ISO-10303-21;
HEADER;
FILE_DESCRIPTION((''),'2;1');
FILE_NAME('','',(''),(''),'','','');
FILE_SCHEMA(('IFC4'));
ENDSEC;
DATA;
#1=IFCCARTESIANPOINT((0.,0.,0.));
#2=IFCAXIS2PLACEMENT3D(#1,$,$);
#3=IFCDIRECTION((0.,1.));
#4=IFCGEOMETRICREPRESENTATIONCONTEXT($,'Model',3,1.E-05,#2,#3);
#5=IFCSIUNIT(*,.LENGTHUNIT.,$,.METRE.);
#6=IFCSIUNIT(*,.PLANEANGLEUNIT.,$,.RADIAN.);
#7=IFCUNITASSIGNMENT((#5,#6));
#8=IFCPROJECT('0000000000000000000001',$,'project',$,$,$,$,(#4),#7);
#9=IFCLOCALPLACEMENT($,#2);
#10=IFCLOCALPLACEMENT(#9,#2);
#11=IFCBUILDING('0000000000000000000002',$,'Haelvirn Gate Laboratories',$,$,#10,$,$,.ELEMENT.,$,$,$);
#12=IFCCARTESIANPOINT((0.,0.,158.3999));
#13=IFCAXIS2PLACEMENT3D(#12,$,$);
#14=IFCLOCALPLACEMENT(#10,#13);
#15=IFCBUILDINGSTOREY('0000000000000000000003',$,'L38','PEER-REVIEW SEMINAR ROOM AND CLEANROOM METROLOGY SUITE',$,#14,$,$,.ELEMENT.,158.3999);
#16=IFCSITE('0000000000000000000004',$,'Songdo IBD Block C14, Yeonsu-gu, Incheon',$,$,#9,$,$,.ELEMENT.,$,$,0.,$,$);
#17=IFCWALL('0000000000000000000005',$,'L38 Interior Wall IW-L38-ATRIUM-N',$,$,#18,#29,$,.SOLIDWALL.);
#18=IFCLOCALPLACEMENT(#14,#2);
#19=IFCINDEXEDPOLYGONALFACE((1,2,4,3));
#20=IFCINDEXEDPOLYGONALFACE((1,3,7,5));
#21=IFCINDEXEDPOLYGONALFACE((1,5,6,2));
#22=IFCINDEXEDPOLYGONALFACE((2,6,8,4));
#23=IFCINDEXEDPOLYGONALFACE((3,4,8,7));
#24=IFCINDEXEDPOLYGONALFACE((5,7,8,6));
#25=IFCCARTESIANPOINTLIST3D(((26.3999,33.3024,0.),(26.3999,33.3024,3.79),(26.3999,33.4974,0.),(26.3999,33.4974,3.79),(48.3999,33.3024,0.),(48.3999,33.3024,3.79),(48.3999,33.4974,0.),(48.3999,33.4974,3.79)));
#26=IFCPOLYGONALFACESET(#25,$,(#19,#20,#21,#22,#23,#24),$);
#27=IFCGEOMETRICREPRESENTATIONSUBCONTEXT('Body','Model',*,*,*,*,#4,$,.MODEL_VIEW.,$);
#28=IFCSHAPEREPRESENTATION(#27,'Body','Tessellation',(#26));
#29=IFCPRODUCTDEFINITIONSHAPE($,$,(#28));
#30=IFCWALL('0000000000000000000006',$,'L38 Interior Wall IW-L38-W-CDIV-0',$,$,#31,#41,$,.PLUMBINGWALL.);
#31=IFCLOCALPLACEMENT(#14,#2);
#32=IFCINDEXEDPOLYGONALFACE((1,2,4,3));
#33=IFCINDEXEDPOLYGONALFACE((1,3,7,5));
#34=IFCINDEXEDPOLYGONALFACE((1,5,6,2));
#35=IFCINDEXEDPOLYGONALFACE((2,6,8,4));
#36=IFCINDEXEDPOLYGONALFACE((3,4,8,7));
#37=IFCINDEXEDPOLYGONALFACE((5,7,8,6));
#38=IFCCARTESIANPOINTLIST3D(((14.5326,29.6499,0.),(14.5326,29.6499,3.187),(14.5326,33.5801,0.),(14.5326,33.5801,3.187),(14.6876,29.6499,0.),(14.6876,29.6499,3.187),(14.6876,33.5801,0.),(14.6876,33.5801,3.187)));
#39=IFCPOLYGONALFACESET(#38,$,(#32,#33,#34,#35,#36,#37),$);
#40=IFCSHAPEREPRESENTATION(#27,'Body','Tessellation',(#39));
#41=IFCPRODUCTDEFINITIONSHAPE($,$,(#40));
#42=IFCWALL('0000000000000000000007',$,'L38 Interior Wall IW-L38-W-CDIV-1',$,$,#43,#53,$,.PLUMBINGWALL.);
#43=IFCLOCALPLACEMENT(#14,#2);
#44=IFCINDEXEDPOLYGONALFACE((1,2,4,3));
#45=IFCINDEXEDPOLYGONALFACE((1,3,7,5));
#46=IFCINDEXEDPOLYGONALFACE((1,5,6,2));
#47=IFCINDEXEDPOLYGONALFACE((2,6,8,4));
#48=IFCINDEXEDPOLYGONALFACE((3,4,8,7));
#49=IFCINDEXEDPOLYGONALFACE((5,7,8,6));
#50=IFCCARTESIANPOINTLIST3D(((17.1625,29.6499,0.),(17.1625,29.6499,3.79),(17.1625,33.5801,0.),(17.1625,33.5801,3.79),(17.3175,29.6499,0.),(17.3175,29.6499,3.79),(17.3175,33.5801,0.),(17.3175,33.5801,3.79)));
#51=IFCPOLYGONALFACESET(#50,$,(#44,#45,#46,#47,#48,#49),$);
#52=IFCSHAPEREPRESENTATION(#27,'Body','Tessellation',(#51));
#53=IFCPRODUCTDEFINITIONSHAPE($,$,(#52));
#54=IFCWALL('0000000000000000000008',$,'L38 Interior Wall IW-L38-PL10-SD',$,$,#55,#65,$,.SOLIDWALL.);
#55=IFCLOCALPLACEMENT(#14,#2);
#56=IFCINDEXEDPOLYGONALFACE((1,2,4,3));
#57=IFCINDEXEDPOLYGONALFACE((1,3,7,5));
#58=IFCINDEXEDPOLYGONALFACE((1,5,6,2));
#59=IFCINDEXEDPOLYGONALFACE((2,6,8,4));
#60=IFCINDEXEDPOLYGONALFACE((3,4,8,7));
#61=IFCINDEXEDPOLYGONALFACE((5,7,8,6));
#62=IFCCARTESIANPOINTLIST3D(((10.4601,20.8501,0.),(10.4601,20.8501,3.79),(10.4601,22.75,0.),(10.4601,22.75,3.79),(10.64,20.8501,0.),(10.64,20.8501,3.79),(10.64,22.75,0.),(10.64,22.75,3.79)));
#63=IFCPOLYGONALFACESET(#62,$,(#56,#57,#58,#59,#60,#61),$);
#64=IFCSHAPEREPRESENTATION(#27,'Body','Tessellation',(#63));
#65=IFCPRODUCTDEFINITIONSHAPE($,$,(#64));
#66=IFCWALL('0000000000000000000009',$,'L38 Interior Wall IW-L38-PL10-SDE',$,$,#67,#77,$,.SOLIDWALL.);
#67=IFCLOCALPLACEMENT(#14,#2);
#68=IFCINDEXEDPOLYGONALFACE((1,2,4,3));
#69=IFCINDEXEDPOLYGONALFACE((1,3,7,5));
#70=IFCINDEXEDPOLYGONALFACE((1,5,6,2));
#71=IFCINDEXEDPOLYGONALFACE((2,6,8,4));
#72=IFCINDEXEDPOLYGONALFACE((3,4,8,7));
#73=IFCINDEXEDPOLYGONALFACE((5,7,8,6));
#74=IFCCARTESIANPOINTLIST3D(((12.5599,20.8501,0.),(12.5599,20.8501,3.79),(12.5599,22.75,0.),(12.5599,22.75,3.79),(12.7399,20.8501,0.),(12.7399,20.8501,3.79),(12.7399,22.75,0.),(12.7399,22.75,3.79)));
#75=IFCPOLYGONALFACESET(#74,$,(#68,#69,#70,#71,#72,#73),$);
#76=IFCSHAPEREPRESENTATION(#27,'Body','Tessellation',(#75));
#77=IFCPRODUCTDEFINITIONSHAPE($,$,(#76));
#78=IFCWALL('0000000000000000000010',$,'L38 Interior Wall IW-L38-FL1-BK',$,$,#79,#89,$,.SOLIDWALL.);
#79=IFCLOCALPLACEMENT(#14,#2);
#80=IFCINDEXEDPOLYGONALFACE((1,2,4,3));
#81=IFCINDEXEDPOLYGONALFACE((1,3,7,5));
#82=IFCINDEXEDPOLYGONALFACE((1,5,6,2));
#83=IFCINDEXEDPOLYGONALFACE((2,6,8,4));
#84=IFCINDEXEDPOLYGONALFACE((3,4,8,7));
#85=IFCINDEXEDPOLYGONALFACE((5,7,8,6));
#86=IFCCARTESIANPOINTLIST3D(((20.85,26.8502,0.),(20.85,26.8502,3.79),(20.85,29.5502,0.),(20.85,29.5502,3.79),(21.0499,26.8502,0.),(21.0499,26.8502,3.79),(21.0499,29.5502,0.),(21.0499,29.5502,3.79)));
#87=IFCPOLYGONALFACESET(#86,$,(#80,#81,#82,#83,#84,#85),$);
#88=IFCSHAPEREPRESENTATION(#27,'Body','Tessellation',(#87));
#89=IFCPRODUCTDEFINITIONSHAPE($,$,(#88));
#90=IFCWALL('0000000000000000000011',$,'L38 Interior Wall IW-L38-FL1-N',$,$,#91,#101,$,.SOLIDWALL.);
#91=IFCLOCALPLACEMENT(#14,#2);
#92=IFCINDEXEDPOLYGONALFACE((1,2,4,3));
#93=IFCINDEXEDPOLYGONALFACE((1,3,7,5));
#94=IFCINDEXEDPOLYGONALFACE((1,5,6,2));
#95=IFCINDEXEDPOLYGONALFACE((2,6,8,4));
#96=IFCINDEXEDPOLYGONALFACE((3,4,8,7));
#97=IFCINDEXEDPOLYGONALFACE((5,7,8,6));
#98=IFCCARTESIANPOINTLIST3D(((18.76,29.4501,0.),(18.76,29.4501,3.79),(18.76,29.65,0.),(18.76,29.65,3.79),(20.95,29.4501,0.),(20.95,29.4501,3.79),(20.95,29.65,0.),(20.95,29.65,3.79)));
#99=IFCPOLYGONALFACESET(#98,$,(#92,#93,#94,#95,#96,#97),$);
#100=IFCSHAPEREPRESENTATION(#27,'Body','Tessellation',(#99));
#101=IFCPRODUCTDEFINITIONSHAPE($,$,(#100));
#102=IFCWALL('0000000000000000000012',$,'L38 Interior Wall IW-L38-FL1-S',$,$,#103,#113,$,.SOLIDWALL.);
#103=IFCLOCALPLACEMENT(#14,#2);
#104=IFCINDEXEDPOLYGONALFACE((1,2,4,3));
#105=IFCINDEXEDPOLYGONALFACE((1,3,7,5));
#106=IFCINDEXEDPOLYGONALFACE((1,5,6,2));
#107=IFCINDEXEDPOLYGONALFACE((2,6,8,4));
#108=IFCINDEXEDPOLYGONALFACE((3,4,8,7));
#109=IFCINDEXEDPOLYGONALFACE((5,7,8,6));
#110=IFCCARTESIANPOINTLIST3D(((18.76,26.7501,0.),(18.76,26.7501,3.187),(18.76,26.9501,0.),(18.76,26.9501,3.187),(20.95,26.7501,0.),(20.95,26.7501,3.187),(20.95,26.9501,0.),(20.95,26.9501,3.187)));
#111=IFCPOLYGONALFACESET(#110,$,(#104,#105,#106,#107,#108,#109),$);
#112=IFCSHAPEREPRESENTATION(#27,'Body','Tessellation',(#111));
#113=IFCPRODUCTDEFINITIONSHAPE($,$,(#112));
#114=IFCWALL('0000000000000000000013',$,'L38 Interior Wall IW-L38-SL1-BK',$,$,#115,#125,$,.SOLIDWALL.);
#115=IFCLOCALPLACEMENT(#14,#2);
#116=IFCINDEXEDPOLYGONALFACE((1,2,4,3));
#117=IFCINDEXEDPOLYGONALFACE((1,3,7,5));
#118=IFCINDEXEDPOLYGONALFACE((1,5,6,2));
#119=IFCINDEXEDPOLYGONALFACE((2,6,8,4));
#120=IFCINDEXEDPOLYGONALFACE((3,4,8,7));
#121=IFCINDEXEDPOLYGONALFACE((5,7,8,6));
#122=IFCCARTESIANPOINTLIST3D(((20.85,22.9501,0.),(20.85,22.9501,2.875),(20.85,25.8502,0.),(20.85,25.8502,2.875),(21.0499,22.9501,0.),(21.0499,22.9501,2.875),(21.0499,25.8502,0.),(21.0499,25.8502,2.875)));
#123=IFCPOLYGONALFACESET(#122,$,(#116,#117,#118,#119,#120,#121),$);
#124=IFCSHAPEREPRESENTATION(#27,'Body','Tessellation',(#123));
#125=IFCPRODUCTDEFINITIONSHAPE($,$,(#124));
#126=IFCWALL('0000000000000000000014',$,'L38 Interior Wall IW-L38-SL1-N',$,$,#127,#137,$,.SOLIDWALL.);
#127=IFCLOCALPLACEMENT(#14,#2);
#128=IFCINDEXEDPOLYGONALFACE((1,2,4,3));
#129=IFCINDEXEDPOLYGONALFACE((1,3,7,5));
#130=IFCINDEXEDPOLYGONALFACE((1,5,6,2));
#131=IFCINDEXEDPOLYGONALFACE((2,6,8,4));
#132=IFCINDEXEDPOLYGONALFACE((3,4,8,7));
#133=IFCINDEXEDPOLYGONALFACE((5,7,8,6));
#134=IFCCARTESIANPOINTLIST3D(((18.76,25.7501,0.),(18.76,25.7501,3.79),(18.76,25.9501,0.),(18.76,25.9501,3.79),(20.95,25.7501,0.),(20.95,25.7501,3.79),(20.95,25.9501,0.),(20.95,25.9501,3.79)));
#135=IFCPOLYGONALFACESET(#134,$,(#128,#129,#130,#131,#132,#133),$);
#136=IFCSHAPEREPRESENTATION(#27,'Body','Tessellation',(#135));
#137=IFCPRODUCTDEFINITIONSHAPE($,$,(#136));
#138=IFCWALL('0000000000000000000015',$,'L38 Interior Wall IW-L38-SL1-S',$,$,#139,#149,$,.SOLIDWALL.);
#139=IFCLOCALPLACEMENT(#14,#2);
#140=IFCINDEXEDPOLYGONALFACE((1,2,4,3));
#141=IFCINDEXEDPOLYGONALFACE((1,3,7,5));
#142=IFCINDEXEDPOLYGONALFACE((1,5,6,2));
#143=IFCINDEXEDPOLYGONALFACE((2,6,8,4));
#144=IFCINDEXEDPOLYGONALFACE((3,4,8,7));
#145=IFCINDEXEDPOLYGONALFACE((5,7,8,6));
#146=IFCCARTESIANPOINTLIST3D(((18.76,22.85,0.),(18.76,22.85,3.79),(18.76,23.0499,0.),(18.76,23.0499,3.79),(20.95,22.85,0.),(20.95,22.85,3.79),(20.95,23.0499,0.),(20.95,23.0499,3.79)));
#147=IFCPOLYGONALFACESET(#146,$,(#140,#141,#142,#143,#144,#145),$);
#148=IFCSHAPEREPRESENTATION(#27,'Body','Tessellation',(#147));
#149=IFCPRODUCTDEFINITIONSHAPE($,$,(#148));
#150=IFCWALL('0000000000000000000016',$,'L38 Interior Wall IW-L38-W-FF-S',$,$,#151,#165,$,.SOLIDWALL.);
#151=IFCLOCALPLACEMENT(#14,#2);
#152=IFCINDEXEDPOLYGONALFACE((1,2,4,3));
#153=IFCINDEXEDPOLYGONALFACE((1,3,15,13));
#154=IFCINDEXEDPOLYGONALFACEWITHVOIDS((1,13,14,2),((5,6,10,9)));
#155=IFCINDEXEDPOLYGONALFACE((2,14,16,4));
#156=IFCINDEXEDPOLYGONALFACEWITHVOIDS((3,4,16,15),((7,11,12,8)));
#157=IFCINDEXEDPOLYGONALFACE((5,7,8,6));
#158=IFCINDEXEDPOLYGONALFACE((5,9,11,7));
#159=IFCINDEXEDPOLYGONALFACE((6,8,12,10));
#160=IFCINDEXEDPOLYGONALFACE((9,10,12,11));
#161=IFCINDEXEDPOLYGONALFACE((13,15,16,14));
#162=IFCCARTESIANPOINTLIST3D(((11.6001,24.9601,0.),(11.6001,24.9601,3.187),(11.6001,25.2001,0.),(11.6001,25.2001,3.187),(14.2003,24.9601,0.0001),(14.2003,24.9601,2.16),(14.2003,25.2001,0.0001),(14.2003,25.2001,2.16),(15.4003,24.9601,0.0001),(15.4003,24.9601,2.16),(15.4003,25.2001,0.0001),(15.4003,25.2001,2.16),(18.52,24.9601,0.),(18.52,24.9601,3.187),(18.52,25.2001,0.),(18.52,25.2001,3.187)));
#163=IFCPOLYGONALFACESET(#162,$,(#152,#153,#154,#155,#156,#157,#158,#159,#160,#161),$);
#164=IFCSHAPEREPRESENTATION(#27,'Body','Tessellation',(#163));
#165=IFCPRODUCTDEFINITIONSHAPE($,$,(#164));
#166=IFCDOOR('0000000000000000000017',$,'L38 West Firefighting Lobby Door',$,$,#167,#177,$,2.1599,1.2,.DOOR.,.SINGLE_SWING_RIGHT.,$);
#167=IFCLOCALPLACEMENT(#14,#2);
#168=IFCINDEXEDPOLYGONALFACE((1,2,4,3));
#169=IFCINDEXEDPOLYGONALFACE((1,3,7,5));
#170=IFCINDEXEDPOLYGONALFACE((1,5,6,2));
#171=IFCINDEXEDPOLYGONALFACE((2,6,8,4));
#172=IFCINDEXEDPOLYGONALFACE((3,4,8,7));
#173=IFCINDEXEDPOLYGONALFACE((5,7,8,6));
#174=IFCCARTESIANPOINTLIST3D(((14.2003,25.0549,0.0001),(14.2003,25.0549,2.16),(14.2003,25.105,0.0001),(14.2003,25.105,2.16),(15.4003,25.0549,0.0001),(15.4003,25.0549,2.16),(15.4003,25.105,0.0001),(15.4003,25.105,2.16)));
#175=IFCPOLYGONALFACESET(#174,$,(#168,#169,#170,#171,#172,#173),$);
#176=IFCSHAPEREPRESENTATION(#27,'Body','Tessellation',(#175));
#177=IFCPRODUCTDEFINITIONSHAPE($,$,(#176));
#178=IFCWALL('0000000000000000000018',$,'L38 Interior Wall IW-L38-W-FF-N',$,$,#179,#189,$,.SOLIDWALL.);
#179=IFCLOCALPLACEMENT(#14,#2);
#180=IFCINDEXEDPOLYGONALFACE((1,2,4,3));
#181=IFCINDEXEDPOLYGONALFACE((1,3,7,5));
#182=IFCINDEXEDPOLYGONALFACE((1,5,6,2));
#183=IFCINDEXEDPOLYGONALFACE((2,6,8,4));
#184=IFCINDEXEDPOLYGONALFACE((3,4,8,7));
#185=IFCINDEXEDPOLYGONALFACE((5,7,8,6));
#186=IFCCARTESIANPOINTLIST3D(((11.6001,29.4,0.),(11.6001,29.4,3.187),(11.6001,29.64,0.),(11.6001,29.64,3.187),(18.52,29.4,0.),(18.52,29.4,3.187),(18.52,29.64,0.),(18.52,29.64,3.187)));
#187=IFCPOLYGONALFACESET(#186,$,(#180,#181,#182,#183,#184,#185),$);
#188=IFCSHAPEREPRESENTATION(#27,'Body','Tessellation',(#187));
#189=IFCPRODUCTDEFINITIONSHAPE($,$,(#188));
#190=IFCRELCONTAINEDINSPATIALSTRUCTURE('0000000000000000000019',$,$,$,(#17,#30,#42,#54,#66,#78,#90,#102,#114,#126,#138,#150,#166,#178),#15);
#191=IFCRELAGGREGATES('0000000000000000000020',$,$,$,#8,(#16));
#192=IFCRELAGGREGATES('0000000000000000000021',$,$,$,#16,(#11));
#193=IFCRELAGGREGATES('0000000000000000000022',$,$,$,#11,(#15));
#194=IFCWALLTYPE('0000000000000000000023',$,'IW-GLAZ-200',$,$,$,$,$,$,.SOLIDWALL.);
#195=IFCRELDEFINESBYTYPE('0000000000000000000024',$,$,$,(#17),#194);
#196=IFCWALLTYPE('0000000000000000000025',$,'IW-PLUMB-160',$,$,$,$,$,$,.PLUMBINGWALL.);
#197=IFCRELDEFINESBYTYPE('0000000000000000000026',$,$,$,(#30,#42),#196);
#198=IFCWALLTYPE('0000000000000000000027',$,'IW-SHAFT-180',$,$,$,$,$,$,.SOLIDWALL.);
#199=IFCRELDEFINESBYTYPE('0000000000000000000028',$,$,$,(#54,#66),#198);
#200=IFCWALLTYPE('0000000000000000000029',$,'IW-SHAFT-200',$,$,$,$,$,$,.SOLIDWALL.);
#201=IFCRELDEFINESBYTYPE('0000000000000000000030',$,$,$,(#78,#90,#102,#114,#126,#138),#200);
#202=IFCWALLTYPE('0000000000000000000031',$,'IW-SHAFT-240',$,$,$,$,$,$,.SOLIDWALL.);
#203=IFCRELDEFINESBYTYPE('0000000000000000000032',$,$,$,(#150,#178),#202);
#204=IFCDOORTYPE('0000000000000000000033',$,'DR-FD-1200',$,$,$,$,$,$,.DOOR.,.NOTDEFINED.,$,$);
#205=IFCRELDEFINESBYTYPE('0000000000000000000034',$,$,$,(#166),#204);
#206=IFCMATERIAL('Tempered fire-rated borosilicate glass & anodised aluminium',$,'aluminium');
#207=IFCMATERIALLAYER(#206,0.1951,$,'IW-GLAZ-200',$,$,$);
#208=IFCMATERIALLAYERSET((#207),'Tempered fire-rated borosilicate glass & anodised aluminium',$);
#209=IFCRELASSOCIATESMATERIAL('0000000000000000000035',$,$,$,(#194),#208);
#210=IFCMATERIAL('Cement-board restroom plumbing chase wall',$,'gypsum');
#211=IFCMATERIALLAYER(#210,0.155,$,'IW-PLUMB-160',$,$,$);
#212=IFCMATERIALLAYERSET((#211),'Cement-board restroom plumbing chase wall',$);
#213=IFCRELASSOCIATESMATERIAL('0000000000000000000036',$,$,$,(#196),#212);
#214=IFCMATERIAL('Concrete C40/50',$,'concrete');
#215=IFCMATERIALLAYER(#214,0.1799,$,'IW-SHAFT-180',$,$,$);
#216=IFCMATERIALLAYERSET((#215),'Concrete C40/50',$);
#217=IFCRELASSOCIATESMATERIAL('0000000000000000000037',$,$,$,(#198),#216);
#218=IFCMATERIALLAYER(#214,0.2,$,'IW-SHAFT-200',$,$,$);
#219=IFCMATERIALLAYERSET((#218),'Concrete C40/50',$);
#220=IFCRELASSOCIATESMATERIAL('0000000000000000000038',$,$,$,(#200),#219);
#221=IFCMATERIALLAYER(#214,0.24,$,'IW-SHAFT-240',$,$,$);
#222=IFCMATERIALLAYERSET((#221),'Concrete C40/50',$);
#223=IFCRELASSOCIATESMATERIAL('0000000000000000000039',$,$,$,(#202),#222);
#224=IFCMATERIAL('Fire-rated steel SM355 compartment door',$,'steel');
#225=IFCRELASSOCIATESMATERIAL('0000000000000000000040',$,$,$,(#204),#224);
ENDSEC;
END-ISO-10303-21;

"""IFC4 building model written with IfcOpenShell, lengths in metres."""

from ifc_helpers import new_model, si_unit, direction, frame, frame_2d, origin, place, context, subcontext, project, spatial, rectangle, extrude, source, transform, mapped, material, layer, layer_set, type_object, type_shapes, element, fill, save


model = new_model("IFC4")

# Units and contexts
model_context = context("Model", 3, precision=1e-05, world=origin(), true_north=direction((0.0, 1.0)))
body_context = subcontext(model_context, "Body", "Model", "MODEL_VIEW")
ifc_project = project(units=[si_unit("LENGTHUNIT", "METRE"), si_unit("PLANEANGLEUNIT", "RADIAN")], contexts=[model_context])

# Site, building, storey
site_placement = place(None, origin())
site = spatial("IfcSite", under=ifc_project, at=site_placement, Name="Songdo IBD Block C14, Yeonsu-gu, Incheon", CompositionType="ELEMENT", RefElevation=0.0)
building_placement = place(site_placement, origin())
building = spatial("IfcBuilding", under=site, at=building_placement, Name="Haelvirn Gate Laboratories", CompositionType="ELEMENT")
storey_placement = place(building_placement, frame((0.0, 0.0, 158.3999)))
storey = spatial("IfcBuildingStorey", under=building, at=storey_placement, Name="L38", Description="PEER-REVIEW SEMINAR ROOM AND CLEANROOM METROLOGY SUITE", CompositionType="ELEMENT", Elevation=158.3999)

# Walls
ifc_material_1 = material(Name="Tempered fire-rated borosilicate glass & anodised aluminium", Category="aluminium")
ifc_layer_1 = layer(ifc_material_1, 0.1951, Name="IW-GLAZ-200")
ifc_layer_set_1 = layer_set([ifc_layer_1], Name="Tempered fire-rated borosilicate glass & anodised aluminium")
wall_type_1 = type_object("IfcWallType", Name="IW-GLAZ-200", PredefinedType="SOLIDWALL", material=ifc_layer_set_1)
wall_1_placement = place(storey_placement, frame((26.3999, 33.3999, 0.0), z_axis=(0.0, 0.0, 1.0), x_axis=(1.0, 0.0, 0.0)))
element("IfcWall", 1, at=wall_1_placement, inside=storey, type_object=wall_type_1, Name="L38 Interior Wall IW-L38-ATRIUM-N", PredefinedType="SOLIDWALL", context=body_context, shape_type="SweptSolid", body=[
    extrude(rectangle(XDim=22.0, YDim=0.1951, at=frame_2d((11.0, 0.0))), origin(), (0.0, 0.0, 1.0), 3.79),
])
ifc_material_2 = material(Name="Cement-board restroom plumbing chase wall", Category="gypsum")
ifc_layer_2 = layer(ifc_material_2, 0.155, Name="IW-PLUMB-160")
ifc_layer_set_2 = layer_set([ifc_layer_2], Name="Cement-board restroom plumbing chase wall")
wall_type_2 = type_object("IfcWallType", Name="IW-PLUMB-160", PredefinedType="PLUMBINGWALL", material=ifc_layer_set_2)
wall_2_placement = place(storey_placement, frame((14.6101, 29.6499, 0.0), z_axis=(0.0, 0.0, 1.0), x_axis=(0.0, 1.0, 0.0)))
element("IfcWall", 2, at=wall_2_placement, inside=storey, type_object=wall_type_2, Name="L38 Interior Wall IW-L38-W-CDIV-0", PredefinedType="PLUMBINGWALL", context=body_context, shape_type="SweptSolid", body=[
    extrude(rectangle(XDim=3.9302, YDim=0.155, at=frame_2d((1.9651, 0.0))), origin(), (0.0, 0.0, 1.0), 3.187),
])
wall_3_placement = place(storey_placement, frame((17.24, 29.6499, 0.0), z_axis=(0.0, 0.0, 1.0), x_axis=(0.0, 1.0, 0.0)))
element("IfcWall", 3, at=wall_3_placement, inside=storey, type_object=wall_type_2, Name="L38 Interior Wall IW-L38-W-CDIV-1", PredefinedType="PLUMBINGWALL", context=body_context, shape_type="SweptSolid", body=[
    extrude(rectangle(XDim=3.9302, YDim=0.155, at=frame_2d((1.9651, 0.0))), origin(), (0.0, 0.0, 1.0), 3.79),
])
ifc_material_3 = material(Name="Concrete C40/50", Category="concrete")
ifc_layer_3 = layer(ifc_material_3, 0.1799, Name="IW-SHAFT-180")
ifc_layer_set_3 = layer_set([ifc_layer_3], Name="Concrete C40/50")
wall_type_3 = type_object("IfcWallType", Name="IW-SHAFT-180", PredefinedType="SOLIDWALL", material=ifc_layer_set_3)
for number, where, z_axis, x_axis, name in (
    (4, (10.55, 20.8501, 0.0), (0.0, 0.0, 1.0), (0.0, 1.0, 0.0), "L38 Interior Wall IW-L38-PL10-SD"),
    (5, (12.6499, 20.8501, 0.0), (0.0, 0.0, 1.0), (0.0, 1.0, 0.0), "L38 Interior Wall IW-L38-PL10-SDE"),
):
    element("IfcWall", number, at=place(storey_placement, frame(where, z_axis=z_axis, x_axis=x_axis)), inside=storey, type_object=wall_type_3, Name=name, PredefinedType="SOLIDWALL", context=body_context, shape_type="SweptSolid", body=[
        extrude(rectangle(XDim=1.8999, YDim=0.1799, at=frame_2d((0.95, 0.0))), origin(), (0.0, 0.0, 1.0), 3.79),
    ])
ifc_layer_4 = layer(ifc_material_3, 0.2, Name="IW-SHAFT-200")
ifc_layer_set_4 = layer_set([ifc_layer_4], Name="Concrete C40/50")
wall_type_4 = type_object("IfcWallType", Name="IW-SHAFT-200", PredefinedType="SOLIDWALL", material=ifc_layer_set_4)
wall_4_placement = place(storey_placement, frame((20.95, 26.8501, 0.0), z_axis=(0.0, 0.0, 1.0), x_axis=(0.0, 1.0, 0.0)))
element("IfcWall", 6, at=wall_4_placement, inside=storey, type_object=wall_type_4, Name="L38 Interior Wall IW-L38-FL1-BK", PredefinedType="SOLIDWALL", context=body_context, shape_type="SweptSolid", body=[
    extrude(rectangle(XDim=2.7, YDim=0.2, at=frame_2d((1.3501, 0.0))), origin(), (0.0, 0.0, 1.0), 3.79),
])
wall_5_placement = place(storey_placement, frame((18.76, 29.55, 0.0), z_axis=(0.0, 0.0, 1.0), x_axis=(1.0, 0.0, 0.0)))
element("IfcWall", 7, at=wall_5_placement, inside=storey, type_object=wall_type_4, Name="L38 Interior Wall IW-L38-FL1-N", PredefinedType="SOLIDWALL", context=body_context, shape_type="SweptSolid", body=[
    extrude(rectangle(XDim=2.1899, YDim=0.2, at=frame_2d((1.095, 0.0))), origin(), (0.0, 0.0, 1.0), 3.79),
])
wall_6_placement = place(storey_placement, frame((18.76, 26.8501, 0.0), z_axis=(0.0, 0.0, 1.0), x_axis=(1.0, 0.0, 0.0)))
element("IfcWall", 8, at=wall_6_placement, inside=storey, type_object=wall_type_4, Name="L38 Interior Wall IW-L38-FL1-S", PredefinedType="SOLIDWALL", context=body_context, shape_type="SweptSolid", body=[
    extrude(rectangle(XDim=2.1899, YDim=0.2, at=frame_2d((1.095, 0.0))), origin(), (0.0, 0.0, 1.0), 3.187),
])
wall_7_placement = place(storey_placement, frame((20.95, 22.95, 0.0), z_axis=(0.0, 0.0, 1.0), x_axis=(0.0, 1.0, 0.0)))
element("IfcWall", 9, at=wall_7_placement, inside=storey, type_object=wall_type_4, Name="L38 Interior Wall IW-L38-SL1-BK", PredefinedType="SOLIDWALL", context=body_context, shape_type="SweptSolid", body=[
    extrude(rectangle(XDim=2.9001, YDim=0.2, at=frame_2d((1.4502, 0.0))), origin(), (0.0, 0.0, 1.0), 2.875),
])
for number, where, z_axis, x_axis, name in (
    (10, (18.76, 25.8501, 0.0), (0.0, 0.0, 1.0), (1.0, 0.0, 0.0), "L38 Interior Wall IW-L38-SL1-N"),
    (11, (18.76, 22.95, 0.0), (0.0, 0.0, 1.0), (1.0, 0.0, 0.0), "L38 Interior Wall IW-L38-SL1-S"),
):
    element("IfcWall", number, at=place(storey_placement, frame(where, z_axis=z_axis, x_axis=x_axis)), inside=storey, type_object=wall_type_4, Name=name, PredefinedType="SOLIDWALL", context=body_context, shape_type="SweptSolid", body=[
        extrude(rectangle(XDim=2.1899, YDim=0.2, at=frame_2d((1.095, 0.0))), origin(), (0.0, 0.0, 1.0), 3.79),
    ])

# Wall, opening, door
ifc_layer_5 = layer(ifc_material_3, 0.24, Name="IW-SHAFT-240")
ifc_layer_set_5 = layer_set([ifc_layer_5], Name="Concrete C40/50")
wall_type_5 = type_object("IfcWallType", Name="IW-SHAFT-240", PredefinedType="SOLIDWALL", material=ifc_layer_set_5)
wall_8_placement = place(storey_placement, frame((11.6001, 25.0801, 0.0), z_axis=(0.0, 0.0, 1.0), x_axis=(1.0, 0.0, 0.0)))
wall_8 = element("IfcWall", 12, at=wall_8_placement, inside=storey, type_object=wall_type_5, Name="L38 Interior Wall IW-L38-W-FF-S", PredefinedType="SOLIDWALL", context=body_context, shape_type="SweptSolid", body=[
    extrude(rectangle(XDim=6.9199, YDim=0.24, at=frame_2d((3.46, 0.0))), origin(), (0.0, 0.0, 1.0), 3.187),
])
opening_1_placement = place(wall_8_placement, frame((2.6001, 0.0, 0.0)))
opening_1 = element("IfcOpeningElement", 13, at=opening_1_placement, cuts=wall_8, PredefinedType="OPENING", context=body_context, shape_type="SweptSolid", body=[
    extrude(rectangle(XDim=1.2, YDim=2.1599, at=frame_2d((0.6001, 1.0801))), frame((0.0, 0.1299, 0.0), z_axis=(0.0, -1.0, 0.0), x_axis=(1.0, 0.0, 0.0)), (0.0, 0.0, 1.0), 0.26),
])
ifc_material_4 = material(Name="Fire-rated steel SM355 compartment door", Category="steel")
door_type_1 = type_object("IfcDoorType", Name="DR-FD-1200", OperationType="NOTDEFINED", PredefinedType="DOOR", material=ifc_material_4)
shared_shape_1 = source(origin(), body_context, "Body", "SweptSolid", [
    extrude(rectangle(XDim=1.2, YDim=2.1599, at=frame_2d((0.6001, 1.0801))), frame((0.0, 0.0249, 0.0), z_axis=(0.0, -1.0, 0.0), x_axis=(1.0, 0.0, 0.0)), (0.0, 0.0, 1.0), 0.05),
])
type_shapes(door_type_1, [shared_shape_1])
door_1_placement = place(opening_1_placement, origin())
door_1 = element("IfcDoor", 14, at=door_1_placement, inside=storey, type_object=door_type_1, Name="L38 West Firefighting Lobby Door", OperationType="SINGLE_SWING_RIGHT", OverallHeight=2.1599, OverallWidth=1.2, PredefinedType="DOOR", context=body_context, shape_type="MappedRepresentation", body=[
    mapped(shared_shape_1, transform((0.0, 0.0, 0.0), scale=1.0)),
])
fill(opening_1, door_1)

# Wall
wall_9_placement = place(storey_placement, frame((11.6001, 29.52, 0.0), z_axis=(0.0, 0.0, 1.0), x_axis=(1.0, 0.0, 0.0)))
element("IfcWall", 15, at=wall_9_placement, inside=storey, type_object=wall_type_5, Name="L38 Interior Wall IW-L38-W-FF-N", PredefinedType="SOLIDWALL", context=body_context, shape_type="SweptSolid", body=[
    extrude(rectangle(XDim=6.9199, YDim=0.24, at=frame_2d((3.46, 0.0))), origin(), (0.0, 0.0, 1.0), 3.187),
])

save(model, "model.ifc")
